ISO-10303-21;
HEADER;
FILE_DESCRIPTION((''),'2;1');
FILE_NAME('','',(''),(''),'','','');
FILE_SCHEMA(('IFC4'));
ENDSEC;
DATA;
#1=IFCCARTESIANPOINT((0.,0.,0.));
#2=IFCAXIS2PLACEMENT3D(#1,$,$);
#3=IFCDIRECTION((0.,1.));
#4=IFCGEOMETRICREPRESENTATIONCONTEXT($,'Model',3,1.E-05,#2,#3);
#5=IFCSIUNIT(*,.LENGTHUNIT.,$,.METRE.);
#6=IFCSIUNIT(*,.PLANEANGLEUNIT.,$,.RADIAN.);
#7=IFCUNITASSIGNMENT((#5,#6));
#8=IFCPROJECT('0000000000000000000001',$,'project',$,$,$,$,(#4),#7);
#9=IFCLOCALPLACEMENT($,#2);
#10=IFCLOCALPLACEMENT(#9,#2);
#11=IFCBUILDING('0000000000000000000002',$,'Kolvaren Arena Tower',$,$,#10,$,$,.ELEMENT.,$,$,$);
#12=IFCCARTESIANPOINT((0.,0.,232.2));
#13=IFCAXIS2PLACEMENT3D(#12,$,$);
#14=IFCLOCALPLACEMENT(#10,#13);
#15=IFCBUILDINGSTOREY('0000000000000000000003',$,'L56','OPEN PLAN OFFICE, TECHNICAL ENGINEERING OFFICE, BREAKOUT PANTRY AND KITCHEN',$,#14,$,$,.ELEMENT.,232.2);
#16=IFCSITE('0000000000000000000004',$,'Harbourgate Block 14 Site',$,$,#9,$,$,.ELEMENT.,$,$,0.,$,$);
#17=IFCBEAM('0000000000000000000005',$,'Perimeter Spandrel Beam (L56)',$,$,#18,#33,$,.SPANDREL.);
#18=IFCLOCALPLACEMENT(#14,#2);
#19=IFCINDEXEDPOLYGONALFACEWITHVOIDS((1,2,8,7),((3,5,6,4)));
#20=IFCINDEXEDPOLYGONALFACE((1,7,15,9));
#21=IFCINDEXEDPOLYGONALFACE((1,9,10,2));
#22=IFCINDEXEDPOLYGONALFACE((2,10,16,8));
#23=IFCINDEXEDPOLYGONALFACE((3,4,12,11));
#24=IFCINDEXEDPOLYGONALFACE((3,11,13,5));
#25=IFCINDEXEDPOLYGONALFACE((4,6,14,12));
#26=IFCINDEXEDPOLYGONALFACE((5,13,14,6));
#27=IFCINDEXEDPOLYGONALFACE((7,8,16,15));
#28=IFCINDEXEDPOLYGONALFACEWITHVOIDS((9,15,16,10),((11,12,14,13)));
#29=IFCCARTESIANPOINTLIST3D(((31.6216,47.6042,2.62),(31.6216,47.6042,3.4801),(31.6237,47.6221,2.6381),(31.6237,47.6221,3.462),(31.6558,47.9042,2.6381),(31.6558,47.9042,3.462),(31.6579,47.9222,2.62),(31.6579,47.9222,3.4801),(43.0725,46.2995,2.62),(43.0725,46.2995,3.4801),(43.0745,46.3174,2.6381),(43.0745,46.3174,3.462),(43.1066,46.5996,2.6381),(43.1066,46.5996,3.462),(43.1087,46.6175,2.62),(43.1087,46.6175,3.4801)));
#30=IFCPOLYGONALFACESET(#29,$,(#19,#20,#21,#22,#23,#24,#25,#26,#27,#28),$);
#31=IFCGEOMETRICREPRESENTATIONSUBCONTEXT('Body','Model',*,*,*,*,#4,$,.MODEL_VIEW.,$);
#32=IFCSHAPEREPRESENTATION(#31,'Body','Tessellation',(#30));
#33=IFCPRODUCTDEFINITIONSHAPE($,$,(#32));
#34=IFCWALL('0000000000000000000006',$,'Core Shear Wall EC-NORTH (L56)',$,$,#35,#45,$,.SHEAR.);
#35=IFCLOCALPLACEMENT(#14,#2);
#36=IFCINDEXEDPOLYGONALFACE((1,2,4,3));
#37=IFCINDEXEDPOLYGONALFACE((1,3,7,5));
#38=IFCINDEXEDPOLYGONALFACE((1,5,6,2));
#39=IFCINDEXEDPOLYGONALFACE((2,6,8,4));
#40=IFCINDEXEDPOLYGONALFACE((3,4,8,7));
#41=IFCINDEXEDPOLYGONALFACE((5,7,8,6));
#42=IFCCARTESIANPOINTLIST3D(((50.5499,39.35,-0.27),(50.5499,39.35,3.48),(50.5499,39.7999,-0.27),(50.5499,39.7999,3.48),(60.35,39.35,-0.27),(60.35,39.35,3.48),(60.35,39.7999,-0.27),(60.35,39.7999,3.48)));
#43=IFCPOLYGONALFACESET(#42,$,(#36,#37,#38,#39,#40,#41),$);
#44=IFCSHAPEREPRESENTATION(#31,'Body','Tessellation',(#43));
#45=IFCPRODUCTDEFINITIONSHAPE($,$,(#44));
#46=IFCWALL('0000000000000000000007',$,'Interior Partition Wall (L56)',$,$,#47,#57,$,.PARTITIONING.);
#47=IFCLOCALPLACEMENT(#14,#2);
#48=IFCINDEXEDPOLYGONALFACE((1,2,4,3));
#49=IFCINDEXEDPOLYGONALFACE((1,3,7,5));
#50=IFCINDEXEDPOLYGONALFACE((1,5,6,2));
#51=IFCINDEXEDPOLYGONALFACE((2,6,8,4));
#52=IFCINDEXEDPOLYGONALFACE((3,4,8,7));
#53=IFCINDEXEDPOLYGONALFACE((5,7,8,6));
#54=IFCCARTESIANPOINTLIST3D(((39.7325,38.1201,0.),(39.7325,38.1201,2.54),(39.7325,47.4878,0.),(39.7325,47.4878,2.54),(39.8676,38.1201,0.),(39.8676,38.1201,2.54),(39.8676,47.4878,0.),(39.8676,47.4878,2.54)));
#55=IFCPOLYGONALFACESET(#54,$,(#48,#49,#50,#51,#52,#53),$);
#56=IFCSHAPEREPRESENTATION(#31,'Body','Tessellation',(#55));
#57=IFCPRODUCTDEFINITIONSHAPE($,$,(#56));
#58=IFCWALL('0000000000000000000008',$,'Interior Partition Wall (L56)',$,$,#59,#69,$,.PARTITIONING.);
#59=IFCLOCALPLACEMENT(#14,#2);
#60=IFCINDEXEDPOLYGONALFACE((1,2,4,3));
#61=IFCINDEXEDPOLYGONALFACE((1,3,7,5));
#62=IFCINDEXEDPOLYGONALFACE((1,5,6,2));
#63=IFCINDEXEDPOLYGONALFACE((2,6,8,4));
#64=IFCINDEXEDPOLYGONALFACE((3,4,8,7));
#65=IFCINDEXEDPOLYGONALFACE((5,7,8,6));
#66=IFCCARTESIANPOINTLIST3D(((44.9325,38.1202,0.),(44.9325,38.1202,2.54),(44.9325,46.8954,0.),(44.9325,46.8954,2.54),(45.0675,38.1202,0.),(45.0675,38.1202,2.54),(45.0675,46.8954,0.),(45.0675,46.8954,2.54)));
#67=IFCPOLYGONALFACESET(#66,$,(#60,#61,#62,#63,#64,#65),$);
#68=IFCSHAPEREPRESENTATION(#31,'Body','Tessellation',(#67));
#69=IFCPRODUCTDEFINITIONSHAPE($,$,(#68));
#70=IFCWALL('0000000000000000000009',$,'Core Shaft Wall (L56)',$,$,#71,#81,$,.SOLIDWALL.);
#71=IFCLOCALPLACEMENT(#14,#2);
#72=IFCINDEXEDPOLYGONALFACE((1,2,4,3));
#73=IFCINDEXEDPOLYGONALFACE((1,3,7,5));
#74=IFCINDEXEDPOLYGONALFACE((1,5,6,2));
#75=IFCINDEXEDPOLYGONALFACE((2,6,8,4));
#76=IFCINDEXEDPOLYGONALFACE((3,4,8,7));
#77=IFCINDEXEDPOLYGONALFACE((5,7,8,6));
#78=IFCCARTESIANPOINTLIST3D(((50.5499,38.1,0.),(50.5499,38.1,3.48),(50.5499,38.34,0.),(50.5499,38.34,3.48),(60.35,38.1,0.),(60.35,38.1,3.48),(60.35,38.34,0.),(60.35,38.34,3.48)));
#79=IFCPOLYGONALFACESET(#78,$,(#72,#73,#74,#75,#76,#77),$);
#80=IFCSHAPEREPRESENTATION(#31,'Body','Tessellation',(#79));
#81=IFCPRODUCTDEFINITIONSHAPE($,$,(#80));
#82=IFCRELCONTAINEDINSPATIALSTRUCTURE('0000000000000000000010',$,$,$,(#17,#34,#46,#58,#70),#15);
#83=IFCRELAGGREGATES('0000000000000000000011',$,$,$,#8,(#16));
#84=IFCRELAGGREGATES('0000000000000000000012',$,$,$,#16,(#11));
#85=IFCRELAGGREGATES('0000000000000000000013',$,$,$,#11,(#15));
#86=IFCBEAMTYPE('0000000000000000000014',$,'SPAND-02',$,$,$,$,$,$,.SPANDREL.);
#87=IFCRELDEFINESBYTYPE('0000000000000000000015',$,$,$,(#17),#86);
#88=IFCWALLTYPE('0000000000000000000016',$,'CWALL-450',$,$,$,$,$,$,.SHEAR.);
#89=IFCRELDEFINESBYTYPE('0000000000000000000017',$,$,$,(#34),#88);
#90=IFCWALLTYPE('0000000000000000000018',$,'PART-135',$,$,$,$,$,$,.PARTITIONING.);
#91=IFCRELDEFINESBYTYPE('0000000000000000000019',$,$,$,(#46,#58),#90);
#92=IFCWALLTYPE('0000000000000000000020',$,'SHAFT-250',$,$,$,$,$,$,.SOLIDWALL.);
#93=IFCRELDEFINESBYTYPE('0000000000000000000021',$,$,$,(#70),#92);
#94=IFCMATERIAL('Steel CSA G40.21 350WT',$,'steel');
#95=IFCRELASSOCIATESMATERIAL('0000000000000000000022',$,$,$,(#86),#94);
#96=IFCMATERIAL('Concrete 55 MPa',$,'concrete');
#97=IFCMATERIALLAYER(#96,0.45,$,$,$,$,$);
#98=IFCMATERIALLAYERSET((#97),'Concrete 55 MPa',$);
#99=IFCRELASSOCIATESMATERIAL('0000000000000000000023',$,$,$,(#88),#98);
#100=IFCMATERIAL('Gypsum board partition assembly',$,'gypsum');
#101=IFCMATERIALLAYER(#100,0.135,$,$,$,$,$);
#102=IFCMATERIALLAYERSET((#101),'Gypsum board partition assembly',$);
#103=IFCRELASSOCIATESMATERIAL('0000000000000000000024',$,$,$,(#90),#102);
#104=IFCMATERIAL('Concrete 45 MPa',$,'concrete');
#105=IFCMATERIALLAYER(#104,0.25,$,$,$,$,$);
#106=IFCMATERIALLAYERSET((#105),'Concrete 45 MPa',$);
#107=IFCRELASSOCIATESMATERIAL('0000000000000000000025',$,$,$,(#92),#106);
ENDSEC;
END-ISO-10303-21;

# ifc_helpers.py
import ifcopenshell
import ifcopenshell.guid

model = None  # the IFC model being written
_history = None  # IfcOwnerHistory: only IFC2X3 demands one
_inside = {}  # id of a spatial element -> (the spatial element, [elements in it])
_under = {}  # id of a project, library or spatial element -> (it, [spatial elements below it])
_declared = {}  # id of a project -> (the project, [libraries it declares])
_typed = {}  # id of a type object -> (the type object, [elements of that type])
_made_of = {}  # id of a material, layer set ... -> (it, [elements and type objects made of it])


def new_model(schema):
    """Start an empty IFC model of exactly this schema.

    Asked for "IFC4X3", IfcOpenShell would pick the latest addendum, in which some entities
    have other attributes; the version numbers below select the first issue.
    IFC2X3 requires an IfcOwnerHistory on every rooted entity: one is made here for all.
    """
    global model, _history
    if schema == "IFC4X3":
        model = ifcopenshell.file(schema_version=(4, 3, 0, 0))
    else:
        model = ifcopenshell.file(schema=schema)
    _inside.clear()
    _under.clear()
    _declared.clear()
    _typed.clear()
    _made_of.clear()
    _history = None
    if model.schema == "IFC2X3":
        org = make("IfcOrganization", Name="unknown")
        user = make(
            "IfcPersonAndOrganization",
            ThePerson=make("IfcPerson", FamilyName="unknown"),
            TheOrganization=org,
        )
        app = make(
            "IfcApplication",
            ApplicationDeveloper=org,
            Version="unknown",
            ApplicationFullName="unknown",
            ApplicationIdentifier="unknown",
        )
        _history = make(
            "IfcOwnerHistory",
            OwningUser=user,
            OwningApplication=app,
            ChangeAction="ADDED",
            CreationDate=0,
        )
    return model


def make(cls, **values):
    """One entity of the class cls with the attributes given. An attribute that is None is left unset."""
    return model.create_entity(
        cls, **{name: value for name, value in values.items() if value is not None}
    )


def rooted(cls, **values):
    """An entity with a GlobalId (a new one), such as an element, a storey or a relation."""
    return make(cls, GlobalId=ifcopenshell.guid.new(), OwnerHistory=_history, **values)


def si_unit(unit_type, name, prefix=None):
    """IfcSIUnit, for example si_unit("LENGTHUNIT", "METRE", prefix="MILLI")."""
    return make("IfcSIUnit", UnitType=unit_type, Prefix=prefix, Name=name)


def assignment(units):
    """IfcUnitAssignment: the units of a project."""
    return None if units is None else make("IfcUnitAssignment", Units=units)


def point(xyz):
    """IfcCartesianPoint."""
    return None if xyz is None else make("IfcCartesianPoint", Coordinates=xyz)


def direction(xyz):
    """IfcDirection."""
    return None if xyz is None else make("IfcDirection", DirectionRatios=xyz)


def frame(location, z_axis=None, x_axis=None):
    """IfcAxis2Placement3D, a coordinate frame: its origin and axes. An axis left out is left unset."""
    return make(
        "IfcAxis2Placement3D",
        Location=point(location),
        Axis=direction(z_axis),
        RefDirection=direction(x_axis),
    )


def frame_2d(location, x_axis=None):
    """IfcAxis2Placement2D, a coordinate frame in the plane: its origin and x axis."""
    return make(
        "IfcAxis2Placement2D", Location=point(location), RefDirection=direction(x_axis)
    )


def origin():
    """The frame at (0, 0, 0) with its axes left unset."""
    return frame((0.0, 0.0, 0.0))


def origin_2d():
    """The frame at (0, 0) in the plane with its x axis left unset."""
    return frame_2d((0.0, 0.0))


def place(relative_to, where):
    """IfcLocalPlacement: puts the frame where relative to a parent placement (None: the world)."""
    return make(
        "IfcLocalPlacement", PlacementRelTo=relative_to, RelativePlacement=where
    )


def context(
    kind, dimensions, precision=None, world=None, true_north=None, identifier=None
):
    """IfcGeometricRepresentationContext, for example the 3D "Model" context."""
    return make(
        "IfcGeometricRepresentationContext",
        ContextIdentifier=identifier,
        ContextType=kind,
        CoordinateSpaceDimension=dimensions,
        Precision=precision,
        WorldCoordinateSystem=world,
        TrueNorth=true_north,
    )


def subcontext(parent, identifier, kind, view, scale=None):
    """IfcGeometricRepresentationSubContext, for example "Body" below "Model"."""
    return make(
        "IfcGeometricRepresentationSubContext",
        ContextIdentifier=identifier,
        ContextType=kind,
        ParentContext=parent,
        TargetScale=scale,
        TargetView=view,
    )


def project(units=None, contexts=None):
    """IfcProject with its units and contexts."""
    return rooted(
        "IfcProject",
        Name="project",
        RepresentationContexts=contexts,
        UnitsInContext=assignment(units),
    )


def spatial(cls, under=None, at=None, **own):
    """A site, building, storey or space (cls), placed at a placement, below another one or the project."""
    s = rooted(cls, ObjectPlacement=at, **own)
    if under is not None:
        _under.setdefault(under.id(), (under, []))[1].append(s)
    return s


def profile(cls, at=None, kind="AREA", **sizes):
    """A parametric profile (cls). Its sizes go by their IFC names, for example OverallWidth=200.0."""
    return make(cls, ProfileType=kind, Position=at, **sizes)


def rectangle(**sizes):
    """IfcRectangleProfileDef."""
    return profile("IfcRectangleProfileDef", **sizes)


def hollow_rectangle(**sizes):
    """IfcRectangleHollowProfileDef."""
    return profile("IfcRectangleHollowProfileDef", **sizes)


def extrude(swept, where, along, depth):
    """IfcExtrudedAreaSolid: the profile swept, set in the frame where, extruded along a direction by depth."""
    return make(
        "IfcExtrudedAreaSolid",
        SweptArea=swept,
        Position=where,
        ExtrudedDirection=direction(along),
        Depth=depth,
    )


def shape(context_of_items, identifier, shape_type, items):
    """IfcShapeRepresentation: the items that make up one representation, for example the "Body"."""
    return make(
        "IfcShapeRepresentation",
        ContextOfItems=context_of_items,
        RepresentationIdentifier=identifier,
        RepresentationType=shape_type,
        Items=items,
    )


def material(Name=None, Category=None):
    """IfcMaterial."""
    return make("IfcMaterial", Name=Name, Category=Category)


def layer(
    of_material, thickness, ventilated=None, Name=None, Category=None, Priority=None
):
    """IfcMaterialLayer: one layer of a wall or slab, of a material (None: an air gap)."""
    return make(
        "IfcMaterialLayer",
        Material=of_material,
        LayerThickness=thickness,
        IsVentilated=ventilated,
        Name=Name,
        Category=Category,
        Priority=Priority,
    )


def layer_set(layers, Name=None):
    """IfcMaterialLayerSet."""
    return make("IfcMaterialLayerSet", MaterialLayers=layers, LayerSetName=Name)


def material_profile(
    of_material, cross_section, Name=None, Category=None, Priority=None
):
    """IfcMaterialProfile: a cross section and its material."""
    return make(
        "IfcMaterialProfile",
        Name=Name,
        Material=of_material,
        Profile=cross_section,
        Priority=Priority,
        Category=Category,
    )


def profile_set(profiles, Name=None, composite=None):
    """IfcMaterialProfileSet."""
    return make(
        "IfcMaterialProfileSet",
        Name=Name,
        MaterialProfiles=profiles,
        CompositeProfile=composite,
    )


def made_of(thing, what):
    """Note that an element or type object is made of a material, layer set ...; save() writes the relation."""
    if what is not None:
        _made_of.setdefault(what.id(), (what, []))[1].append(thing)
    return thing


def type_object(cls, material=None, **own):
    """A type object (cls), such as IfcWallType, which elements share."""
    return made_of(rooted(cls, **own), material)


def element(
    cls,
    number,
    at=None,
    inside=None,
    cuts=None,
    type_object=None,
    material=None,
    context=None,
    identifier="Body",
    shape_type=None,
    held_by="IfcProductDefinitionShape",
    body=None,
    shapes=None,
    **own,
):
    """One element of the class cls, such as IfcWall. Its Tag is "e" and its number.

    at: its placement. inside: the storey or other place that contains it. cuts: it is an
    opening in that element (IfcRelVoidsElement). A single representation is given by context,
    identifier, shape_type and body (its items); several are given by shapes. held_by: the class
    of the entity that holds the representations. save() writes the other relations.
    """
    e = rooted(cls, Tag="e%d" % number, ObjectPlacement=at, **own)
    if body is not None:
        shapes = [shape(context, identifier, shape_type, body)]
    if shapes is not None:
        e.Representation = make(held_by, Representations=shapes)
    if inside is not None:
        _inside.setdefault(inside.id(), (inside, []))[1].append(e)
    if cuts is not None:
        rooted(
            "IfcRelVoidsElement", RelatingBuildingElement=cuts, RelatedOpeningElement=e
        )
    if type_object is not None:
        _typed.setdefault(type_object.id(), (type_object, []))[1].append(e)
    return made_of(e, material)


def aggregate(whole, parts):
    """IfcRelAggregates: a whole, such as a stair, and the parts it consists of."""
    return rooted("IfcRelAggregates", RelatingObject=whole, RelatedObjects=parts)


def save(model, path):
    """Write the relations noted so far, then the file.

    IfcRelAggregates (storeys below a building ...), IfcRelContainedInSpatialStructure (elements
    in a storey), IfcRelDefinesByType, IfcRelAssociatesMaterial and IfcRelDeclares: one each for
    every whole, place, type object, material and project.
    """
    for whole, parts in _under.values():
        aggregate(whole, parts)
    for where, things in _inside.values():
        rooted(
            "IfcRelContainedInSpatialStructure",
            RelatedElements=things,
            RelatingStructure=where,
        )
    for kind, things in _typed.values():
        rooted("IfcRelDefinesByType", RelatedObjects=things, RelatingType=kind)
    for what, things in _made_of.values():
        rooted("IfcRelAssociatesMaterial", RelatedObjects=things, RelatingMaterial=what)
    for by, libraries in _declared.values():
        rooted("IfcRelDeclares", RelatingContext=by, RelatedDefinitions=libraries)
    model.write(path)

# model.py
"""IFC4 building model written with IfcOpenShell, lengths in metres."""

from ifc_helpers import new_model, si_unit, direction, frame, frame_2d, origin, origin_2d, place, context, subcontext, project, spatial, rectangle, hollow_rectangle, extrude, material, layer, layer_set, material_profile, profile_set, type_object, element, save


model = new_model("IFC4")

# Units and contexts
model_context = context("Model", 3, precision=1e-05, world=origin(), true_north=direction((0.0, 1.0)))
body_context = subcontext(model_context, "Body", "Model", "MODEL_VIEW")
ifc_project = project(units=[si_unit("LENGTHUNIT", "METRE"), si_unit("PLANEANGLEUNIT", "RADIAN")], contexts=[model_context])

# Site, building, storey
site_placement = place(None, origin())
site = spatial("IfcSite", under=ifc_project, at=site_placement, Name="Harbourgate Block 14 Site", CompositionType="ELEMENT", RefElevation=0.0)
building_placement = place(site_placement, origin())
building = spatial("IfcBuilding", under=site, at=building_placement, Name="Kolvaren Arena Tower", CompositionType="ELEMENT")
storey_placement = place(building_placement, frame((0.0, 0.0, 232.2)))
storey = spatial("IfcBuildingStorey", under=building, at=storey_placement, Name="L56", Description="OPEN PLAN OFFICE, TECHNICAL ENGINEERING OFFICE, BREAKOUT PANTRY AND KITCHEN", CompositionType="ELEMENT", Elevation=232.2)

# Beam
ifc_material_1 = material(Name="Steel CSA G40.21 350WT", Category="steel")
ifc_material_profile_1 = material_profile(ifc_material_1, hollow_rectangle(XDim=0.3201, YDim=0.8601, WallThickness=0.0181, at=origin_2d()), Name="HSS 860x320x18")
ifc_profile_set_1 = profile_set([ifc_material_profile_1], Name="Steel CSA G40.21 350WT")
beam_type_1 = type_object("IfcBeamType", Name="SPAND-02", PredefinedType="SPANDREL", material=ifc_profile_set_1)
beam_1_placement = place(storey_placement, frame((43.0906, 46.4585, 3.05), z_axis=(-0.993572, 0.113205, 0.0), x_axis=(-0.113205, -0.993572, 0.0)))
element("IfcBeam", 1, at=beam_1_placement, inside=storey, type_object=beam_type_1, Name="Perimeter Spandrel Beam (L56)", PredefinedType="SPANDREL", context=body_context, shape_type="SweptSolid", body=[
    extrude(hollow_rectangle(XDim=0.3201, YDim=0.8601, WallThickness=0.0181, at=origin_2d()), origin(), (0.0, 0.0, 1.0), 11.5249),
])

# Walls
ifc_material_2 = material(Name="Concrete 55 MPa", Category="concrete")
ifc_layer_1 = layer(ifc_material_2, 0.45)
ifc_layer_set_1 = layer_set([ifc_layer_1], Name="Concrete 55 MPa")
wall_type_1 = type_object("IfcWallType", Name="CWALL-450", PredefinedType="SHEAR", material=ifc_layer_set_1)
wall_1_placement = place(storey_placement, frame((50.55, 39.575, -0.27), z_axis=(0.0, 0.0, 1.0), x_axis=(1.0, 0.0, 0.0)))
element("IfcWall", 2, at=wall_1_placement, inside=storey, type_object=wall_type_1, Name="Core Shear Wall EC-NORTH (L56)", PredefinedType="SHEAR", context=body_context, shape_type="SweptSolid", body=[
    extrude(rectangle(XDim=9.8, YDim=0.45, at=frame_2d((4.8999, 0.0))), origin(), (0.0, 0.0, 1.0), 3.75),
])
ifc_material_3 = material(Name="Gypsum board partition assembly", Category="gypsum")
ifc_layer_2 = layer(ifc_material_3, 0.135)
ifc_layer_set_2 = layer_set([ifc_layer_2], Name="Gypsum board partition assembly")
wall_type_2 = type_object("IfcWallType", Name="PART-135", PredefinedType="PARTITIONING", material=ifc_layer_set_2)
wall_2_placement = place(storey_placement, frame((39.8, 38.1201, 0.0), z_axis=(0.0, 0.0, 1.0), x_axis=(0.0, 1.0, 0.0)))
element("IfcWall", 3, at=wall_2_placement, inside=storey, type_object=wall_type_2, Name="Interior Partition Wall (L56)", PredefinedType="PARTITIONING", context=body_context, shape_type="SweptSolid", body=[
    extrude(rectangle(XDim=9.3677, YDim=0.135, at=frame_2d((4.6838, 0.0))), origin(), (0.0, 0.0, 1.0), 2.54),
])
wall_3_placement = place(storey_placement, frame((45.0, 38.1201, 0.0), z_axis=(0.0, 0.0, 1.0), x_axis=(0.0, 1.0, 0.0)))
element("IfcWall", 4, at=wall_3_placement, inside=storey, type_object=wall_type_2, Name="Interior Partition Wall (L56)", PredefinedType="PARTITIONING", context=body_context, shape_type="SweptSolid", body=[
    extrude(rectangle(XDim=8.7751, YDim=0.135, at=frame_2d((4.3877, 0.0))), origin(), (0.0, 0.0, 1.0), 2.54),
])
ifc_material_4 = material(Name="Concrete 45 MPa", Category="concrete")
ifc_layer_3 = layer(ifc_material_4, 0.25)
ifc_layer_set_3 = layer_set([ifc_layer_3], Name="Concrete 45 MPa")
wall_type_3 = type_object("IfcWallType", Name="SHAFT-250", PredefinedType="SOLIDWALL", material=ifc_layer_set_3)
wall_4_placement = place(storey_placement, frame((50.55, 38.22, 0.0), z_axis=(0.0, 0.0, 1.0), x_axis=(1.0, 0.0, 0.0)))
element("IfcWall", 5, at=wall_4_placement, inside=storey, type_object=wall_type_3, Name="Core Shaft Wall (L56)", PredefinedType="SOLIDWALL", context=body_context, shape_type="SweptSolid", body=[
    extrude(rectangle(XDim=9.8, YDim=0.24, at=frame_2d((4.8999, 0.0))), origin(), (0.0, 0.0, 1.0), 3.48),
])

save(model, "model.ifc")
